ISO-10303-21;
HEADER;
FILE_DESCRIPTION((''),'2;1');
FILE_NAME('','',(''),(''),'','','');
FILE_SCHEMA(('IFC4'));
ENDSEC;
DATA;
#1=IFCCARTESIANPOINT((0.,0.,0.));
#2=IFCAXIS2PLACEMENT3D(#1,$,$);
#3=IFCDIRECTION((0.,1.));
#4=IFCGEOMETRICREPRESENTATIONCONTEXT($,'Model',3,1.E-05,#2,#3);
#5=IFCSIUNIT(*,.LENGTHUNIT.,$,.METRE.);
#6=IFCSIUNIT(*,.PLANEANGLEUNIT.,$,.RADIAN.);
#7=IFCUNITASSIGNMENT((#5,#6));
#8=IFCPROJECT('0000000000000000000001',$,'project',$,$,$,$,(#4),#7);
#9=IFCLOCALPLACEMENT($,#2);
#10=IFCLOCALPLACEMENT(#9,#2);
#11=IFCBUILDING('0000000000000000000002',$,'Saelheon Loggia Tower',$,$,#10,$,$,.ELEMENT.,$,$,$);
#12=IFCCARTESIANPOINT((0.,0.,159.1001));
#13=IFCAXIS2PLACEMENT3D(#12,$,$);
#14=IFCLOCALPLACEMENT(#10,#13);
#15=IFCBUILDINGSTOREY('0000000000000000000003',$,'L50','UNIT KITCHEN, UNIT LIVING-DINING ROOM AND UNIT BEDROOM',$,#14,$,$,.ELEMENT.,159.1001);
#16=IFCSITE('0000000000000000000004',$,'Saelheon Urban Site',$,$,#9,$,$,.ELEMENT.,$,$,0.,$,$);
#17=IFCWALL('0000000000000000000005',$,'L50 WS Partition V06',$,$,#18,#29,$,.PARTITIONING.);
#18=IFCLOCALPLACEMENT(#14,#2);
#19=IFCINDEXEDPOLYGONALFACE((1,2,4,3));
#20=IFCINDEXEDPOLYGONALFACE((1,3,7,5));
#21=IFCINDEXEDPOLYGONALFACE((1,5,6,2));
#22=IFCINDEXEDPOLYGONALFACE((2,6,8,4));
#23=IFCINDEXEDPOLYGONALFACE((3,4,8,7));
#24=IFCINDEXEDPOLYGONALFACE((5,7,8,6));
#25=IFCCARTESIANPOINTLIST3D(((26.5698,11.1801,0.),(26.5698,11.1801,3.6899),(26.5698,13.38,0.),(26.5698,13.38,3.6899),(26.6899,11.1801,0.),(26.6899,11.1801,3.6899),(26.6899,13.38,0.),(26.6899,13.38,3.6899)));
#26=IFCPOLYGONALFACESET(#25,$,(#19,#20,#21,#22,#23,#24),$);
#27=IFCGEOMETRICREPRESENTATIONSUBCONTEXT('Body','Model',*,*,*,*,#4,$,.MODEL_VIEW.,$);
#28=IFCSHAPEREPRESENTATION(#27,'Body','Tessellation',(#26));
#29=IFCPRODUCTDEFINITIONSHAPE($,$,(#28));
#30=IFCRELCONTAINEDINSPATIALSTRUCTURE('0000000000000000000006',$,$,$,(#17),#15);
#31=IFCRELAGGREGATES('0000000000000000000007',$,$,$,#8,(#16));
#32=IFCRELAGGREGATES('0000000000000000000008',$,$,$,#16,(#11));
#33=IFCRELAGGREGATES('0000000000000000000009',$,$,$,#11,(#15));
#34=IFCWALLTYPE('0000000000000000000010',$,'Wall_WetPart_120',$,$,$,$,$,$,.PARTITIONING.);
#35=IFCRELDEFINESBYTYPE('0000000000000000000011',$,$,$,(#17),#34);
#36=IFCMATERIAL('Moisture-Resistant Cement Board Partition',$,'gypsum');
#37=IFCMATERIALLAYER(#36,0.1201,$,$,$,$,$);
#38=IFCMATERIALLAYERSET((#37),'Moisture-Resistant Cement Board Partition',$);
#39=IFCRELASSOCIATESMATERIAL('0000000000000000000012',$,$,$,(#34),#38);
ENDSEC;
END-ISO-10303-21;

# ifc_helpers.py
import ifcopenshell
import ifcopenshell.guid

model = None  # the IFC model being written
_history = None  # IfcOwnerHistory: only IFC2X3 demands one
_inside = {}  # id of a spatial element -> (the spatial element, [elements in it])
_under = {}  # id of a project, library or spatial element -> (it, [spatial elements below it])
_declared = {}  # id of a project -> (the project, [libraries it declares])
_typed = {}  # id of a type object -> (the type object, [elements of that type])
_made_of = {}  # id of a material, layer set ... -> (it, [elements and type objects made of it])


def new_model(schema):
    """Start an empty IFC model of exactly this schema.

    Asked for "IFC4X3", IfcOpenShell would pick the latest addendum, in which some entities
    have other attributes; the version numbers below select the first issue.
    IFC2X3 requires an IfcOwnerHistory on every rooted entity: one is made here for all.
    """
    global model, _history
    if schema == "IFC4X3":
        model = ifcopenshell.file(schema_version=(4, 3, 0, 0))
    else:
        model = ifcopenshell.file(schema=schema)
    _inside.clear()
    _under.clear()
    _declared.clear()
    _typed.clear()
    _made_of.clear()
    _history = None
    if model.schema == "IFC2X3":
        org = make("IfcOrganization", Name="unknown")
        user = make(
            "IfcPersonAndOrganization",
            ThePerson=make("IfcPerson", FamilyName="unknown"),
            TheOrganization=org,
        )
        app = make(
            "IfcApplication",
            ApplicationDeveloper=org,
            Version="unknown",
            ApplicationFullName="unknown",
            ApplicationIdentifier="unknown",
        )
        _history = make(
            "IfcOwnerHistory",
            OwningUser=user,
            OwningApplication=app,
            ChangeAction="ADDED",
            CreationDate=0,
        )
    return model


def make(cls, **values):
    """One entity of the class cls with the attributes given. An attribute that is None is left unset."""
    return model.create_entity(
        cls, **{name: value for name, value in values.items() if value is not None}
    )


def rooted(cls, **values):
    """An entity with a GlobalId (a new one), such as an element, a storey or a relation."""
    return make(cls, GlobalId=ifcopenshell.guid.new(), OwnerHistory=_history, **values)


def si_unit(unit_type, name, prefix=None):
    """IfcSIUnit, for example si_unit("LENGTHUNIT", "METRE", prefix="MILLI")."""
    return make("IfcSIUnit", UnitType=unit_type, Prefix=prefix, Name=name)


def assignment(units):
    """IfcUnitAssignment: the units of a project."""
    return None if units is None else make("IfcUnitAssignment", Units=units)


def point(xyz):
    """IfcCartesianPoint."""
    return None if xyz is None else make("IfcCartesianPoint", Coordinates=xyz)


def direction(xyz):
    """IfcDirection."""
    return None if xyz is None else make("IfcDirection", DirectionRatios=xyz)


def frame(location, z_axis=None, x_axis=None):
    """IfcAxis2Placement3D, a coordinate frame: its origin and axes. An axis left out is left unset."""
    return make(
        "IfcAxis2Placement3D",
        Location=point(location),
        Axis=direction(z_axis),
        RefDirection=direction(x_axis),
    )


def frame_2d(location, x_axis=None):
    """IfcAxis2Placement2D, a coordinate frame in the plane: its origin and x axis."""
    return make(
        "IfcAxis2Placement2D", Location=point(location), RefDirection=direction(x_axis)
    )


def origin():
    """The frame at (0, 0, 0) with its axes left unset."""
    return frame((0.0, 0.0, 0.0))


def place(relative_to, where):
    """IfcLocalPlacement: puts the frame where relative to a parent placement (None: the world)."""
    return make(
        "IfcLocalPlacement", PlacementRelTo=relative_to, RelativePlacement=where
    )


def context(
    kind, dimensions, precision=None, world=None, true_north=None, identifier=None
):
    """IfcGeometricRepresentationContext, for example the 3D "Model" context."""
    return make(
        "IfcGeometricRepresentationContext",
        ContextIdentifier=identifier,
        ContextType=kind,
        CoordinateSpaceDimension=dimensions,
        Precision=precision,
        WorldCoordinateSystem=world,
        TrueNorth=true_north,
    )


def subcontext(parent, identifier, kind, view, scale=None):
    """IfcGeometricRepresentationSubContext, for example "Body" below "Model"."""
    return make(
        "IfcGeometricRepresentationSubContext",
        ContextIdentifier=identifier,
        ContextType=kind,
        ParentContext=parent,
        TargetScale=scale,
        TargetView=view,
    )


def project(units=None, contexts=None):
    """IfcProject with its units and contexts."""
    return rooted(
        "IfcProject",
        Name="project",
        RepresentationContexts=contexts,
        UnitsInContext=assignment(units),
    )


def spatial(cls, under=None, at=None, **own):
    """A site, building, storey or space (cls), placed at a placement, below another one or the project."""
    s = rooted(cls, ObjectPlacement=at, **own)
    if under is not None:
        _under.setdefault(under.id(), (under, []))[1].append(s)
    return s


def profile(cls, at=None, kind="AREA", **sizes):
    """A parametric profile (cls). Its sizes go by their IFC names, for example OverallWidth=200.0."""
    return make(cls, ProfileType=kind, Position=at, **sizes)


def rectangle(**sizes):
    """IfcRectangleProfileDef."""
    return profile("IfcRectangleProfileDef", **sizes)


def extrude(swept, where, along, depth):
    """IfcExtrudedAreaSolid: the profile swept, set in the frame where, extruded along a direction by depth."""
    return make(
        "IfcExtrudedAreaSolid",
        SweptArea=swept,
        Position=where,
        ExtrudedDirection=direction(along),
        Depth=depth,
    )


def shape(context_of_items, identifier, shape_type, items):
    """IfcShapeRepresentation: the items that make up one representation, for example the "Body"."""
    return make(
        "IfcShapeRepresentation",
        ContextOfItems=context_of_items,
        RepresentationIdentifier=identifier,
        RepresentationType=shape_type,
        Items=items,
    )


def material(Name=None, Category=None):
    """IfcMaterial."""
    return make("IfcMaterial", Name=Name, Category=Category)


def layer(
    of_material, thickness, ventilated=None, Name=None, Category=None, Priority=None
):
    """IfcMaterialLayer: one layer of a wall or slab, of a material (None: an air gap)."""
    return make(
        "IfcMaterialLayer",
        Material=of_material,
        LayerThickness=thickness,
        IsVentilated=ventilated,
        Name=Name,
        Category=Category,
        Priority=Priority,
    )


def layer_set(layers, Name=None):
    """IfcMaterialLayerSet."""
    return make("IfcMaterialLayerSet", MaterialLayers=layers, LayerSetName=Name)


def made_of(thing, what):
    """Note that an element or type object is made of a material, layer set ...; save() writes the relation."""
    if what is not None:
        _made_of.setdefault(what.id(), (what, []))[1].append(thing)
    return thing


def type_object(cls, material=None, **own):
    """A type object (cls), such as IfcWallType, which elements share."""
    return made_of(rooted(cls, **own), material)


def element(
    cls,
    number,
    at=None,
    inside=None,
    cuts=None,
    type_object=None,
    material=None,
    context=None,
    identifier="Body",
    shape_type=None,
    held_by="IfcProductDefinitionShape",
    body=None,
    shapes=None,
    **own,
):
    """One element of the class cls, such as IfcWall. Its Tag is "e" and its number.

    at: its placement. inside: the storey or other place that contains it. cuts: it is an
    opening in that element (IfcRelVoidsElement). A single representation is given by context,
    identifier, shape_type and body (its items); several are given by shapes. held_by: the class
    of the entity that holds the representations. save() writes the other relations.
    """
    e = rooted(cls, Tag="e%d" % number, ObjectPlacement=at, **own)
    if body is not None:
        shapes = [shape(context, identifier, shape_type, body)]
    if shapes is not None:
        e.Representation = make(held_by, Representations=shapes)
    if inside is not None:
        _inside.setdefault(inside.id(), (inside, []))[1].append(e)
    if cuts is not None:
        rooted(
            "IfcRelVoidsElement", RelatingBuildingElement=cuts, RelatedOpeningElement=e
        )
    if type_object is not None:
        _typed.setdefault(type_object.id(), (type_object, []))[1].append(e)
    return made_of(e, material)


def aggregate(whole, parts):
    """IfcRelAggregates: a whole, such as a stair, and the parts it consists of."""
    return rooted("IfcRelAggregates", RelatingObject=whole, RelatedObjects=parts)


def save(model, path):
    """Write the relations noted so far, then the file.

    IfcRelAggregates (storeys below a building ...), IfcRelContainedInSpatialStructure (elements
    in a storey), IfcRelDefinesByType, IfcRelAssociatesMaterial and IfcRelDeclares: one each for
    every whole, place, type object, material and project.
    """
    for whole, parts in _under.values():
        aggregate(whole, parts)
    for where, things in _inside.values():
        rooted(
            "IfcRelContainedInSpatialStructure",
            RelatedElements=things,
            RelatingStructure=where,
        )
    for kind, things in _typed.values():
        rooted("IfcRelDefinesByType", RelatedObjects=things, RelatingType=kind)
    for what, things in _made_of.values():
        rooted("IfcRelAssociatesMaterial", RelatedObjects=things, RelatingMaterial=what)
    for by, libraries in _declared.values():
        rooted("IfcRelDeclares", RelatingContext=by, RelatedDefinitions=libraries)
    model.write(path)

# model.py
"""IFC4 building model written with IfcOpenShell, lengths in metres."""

from ifc_helpers import new_model, si_unit, direction, frame, frame_2d, origin, place, context, subcontext, project, spatial, rectangle, extrude, material, layer, layer_set, type_object, element, save


model = new_model("IFC4")

# Units and contexts
model_context = context("Model", 3, precision=1e-05, world=origin(), true_north=direction((0.0, 1.0)))
body_context = subcontext(model_context, "Body", "Model", "MODEL_VIEW")
ifc_project = project(units=[si_unit("LENGTHUNIT", "METRE"), si_unit("PLANEANGLEUNIT", "RADIAN")], contexts=[model_context])

# Site, building, storey
site_placement = place(None, origin())
site = spatial("IfcSite", under=ifc_project, at=site_placement, Name="Saelheon Urban Site", CompositionType="ELEMENT", RefElevation=0.0)
building_placement = place(site_placement, origin())
building = spatial("IfcBuilding", under=site, at=building_placement, Name="Saelheon Loggia Tower", CompositionType="ELEMENT")
storey_placement = place(building_placement, frame((0.0, 0.0, 159.1001)))
storey = spatial("IfcBuildingStorey", under=building, at=storey_placement, Name="L50", Description="UNIT KITCHEN, UNIT LIVING-DINING ROOM AND UNIT BEDROOM", CompositionType="ELEMENT", Elevation=159.1001)

# Wall
ifc_material_1 = material(Name="Moisture-Resistant Cement Board Partition", Category="gypsum")
ifc_layer_1 = layer(ifc_material_1, 0.1201)
ifc_layer_set_1 = layer_set([ifc_layer_1], Name="Moisture-Resistant Cement Board Partition")
wall_type_1 = type_object("IfcWallType", Name="Wall_WetPart_120", PredefinedType="PARTITIONING", material=ifc_layer_set_1)
wall_1_placement = place(storey_placement, frame((26.6299, 11.1799, 0.0), z_axis=(0.0, 0.0, 1.0), x_axis=(0.0, 1.0, 0.0)))
element("IfcWall", 1, at=wall_1_placement, inside=storey, type_object=wall_type_1, Name="L50 WS Partition V06", PredefinedType="PARTITIONING", context=body_context, shape_type="SweptSolid", body=[
    extrude(rectangle(XDim=2.2, YDim=0.1201, at=frame_2d((1.1001, 0.0))), origin(), (0.0, 0.0, 1.0), 3.6899),
])

save(model, "model.ifc")
